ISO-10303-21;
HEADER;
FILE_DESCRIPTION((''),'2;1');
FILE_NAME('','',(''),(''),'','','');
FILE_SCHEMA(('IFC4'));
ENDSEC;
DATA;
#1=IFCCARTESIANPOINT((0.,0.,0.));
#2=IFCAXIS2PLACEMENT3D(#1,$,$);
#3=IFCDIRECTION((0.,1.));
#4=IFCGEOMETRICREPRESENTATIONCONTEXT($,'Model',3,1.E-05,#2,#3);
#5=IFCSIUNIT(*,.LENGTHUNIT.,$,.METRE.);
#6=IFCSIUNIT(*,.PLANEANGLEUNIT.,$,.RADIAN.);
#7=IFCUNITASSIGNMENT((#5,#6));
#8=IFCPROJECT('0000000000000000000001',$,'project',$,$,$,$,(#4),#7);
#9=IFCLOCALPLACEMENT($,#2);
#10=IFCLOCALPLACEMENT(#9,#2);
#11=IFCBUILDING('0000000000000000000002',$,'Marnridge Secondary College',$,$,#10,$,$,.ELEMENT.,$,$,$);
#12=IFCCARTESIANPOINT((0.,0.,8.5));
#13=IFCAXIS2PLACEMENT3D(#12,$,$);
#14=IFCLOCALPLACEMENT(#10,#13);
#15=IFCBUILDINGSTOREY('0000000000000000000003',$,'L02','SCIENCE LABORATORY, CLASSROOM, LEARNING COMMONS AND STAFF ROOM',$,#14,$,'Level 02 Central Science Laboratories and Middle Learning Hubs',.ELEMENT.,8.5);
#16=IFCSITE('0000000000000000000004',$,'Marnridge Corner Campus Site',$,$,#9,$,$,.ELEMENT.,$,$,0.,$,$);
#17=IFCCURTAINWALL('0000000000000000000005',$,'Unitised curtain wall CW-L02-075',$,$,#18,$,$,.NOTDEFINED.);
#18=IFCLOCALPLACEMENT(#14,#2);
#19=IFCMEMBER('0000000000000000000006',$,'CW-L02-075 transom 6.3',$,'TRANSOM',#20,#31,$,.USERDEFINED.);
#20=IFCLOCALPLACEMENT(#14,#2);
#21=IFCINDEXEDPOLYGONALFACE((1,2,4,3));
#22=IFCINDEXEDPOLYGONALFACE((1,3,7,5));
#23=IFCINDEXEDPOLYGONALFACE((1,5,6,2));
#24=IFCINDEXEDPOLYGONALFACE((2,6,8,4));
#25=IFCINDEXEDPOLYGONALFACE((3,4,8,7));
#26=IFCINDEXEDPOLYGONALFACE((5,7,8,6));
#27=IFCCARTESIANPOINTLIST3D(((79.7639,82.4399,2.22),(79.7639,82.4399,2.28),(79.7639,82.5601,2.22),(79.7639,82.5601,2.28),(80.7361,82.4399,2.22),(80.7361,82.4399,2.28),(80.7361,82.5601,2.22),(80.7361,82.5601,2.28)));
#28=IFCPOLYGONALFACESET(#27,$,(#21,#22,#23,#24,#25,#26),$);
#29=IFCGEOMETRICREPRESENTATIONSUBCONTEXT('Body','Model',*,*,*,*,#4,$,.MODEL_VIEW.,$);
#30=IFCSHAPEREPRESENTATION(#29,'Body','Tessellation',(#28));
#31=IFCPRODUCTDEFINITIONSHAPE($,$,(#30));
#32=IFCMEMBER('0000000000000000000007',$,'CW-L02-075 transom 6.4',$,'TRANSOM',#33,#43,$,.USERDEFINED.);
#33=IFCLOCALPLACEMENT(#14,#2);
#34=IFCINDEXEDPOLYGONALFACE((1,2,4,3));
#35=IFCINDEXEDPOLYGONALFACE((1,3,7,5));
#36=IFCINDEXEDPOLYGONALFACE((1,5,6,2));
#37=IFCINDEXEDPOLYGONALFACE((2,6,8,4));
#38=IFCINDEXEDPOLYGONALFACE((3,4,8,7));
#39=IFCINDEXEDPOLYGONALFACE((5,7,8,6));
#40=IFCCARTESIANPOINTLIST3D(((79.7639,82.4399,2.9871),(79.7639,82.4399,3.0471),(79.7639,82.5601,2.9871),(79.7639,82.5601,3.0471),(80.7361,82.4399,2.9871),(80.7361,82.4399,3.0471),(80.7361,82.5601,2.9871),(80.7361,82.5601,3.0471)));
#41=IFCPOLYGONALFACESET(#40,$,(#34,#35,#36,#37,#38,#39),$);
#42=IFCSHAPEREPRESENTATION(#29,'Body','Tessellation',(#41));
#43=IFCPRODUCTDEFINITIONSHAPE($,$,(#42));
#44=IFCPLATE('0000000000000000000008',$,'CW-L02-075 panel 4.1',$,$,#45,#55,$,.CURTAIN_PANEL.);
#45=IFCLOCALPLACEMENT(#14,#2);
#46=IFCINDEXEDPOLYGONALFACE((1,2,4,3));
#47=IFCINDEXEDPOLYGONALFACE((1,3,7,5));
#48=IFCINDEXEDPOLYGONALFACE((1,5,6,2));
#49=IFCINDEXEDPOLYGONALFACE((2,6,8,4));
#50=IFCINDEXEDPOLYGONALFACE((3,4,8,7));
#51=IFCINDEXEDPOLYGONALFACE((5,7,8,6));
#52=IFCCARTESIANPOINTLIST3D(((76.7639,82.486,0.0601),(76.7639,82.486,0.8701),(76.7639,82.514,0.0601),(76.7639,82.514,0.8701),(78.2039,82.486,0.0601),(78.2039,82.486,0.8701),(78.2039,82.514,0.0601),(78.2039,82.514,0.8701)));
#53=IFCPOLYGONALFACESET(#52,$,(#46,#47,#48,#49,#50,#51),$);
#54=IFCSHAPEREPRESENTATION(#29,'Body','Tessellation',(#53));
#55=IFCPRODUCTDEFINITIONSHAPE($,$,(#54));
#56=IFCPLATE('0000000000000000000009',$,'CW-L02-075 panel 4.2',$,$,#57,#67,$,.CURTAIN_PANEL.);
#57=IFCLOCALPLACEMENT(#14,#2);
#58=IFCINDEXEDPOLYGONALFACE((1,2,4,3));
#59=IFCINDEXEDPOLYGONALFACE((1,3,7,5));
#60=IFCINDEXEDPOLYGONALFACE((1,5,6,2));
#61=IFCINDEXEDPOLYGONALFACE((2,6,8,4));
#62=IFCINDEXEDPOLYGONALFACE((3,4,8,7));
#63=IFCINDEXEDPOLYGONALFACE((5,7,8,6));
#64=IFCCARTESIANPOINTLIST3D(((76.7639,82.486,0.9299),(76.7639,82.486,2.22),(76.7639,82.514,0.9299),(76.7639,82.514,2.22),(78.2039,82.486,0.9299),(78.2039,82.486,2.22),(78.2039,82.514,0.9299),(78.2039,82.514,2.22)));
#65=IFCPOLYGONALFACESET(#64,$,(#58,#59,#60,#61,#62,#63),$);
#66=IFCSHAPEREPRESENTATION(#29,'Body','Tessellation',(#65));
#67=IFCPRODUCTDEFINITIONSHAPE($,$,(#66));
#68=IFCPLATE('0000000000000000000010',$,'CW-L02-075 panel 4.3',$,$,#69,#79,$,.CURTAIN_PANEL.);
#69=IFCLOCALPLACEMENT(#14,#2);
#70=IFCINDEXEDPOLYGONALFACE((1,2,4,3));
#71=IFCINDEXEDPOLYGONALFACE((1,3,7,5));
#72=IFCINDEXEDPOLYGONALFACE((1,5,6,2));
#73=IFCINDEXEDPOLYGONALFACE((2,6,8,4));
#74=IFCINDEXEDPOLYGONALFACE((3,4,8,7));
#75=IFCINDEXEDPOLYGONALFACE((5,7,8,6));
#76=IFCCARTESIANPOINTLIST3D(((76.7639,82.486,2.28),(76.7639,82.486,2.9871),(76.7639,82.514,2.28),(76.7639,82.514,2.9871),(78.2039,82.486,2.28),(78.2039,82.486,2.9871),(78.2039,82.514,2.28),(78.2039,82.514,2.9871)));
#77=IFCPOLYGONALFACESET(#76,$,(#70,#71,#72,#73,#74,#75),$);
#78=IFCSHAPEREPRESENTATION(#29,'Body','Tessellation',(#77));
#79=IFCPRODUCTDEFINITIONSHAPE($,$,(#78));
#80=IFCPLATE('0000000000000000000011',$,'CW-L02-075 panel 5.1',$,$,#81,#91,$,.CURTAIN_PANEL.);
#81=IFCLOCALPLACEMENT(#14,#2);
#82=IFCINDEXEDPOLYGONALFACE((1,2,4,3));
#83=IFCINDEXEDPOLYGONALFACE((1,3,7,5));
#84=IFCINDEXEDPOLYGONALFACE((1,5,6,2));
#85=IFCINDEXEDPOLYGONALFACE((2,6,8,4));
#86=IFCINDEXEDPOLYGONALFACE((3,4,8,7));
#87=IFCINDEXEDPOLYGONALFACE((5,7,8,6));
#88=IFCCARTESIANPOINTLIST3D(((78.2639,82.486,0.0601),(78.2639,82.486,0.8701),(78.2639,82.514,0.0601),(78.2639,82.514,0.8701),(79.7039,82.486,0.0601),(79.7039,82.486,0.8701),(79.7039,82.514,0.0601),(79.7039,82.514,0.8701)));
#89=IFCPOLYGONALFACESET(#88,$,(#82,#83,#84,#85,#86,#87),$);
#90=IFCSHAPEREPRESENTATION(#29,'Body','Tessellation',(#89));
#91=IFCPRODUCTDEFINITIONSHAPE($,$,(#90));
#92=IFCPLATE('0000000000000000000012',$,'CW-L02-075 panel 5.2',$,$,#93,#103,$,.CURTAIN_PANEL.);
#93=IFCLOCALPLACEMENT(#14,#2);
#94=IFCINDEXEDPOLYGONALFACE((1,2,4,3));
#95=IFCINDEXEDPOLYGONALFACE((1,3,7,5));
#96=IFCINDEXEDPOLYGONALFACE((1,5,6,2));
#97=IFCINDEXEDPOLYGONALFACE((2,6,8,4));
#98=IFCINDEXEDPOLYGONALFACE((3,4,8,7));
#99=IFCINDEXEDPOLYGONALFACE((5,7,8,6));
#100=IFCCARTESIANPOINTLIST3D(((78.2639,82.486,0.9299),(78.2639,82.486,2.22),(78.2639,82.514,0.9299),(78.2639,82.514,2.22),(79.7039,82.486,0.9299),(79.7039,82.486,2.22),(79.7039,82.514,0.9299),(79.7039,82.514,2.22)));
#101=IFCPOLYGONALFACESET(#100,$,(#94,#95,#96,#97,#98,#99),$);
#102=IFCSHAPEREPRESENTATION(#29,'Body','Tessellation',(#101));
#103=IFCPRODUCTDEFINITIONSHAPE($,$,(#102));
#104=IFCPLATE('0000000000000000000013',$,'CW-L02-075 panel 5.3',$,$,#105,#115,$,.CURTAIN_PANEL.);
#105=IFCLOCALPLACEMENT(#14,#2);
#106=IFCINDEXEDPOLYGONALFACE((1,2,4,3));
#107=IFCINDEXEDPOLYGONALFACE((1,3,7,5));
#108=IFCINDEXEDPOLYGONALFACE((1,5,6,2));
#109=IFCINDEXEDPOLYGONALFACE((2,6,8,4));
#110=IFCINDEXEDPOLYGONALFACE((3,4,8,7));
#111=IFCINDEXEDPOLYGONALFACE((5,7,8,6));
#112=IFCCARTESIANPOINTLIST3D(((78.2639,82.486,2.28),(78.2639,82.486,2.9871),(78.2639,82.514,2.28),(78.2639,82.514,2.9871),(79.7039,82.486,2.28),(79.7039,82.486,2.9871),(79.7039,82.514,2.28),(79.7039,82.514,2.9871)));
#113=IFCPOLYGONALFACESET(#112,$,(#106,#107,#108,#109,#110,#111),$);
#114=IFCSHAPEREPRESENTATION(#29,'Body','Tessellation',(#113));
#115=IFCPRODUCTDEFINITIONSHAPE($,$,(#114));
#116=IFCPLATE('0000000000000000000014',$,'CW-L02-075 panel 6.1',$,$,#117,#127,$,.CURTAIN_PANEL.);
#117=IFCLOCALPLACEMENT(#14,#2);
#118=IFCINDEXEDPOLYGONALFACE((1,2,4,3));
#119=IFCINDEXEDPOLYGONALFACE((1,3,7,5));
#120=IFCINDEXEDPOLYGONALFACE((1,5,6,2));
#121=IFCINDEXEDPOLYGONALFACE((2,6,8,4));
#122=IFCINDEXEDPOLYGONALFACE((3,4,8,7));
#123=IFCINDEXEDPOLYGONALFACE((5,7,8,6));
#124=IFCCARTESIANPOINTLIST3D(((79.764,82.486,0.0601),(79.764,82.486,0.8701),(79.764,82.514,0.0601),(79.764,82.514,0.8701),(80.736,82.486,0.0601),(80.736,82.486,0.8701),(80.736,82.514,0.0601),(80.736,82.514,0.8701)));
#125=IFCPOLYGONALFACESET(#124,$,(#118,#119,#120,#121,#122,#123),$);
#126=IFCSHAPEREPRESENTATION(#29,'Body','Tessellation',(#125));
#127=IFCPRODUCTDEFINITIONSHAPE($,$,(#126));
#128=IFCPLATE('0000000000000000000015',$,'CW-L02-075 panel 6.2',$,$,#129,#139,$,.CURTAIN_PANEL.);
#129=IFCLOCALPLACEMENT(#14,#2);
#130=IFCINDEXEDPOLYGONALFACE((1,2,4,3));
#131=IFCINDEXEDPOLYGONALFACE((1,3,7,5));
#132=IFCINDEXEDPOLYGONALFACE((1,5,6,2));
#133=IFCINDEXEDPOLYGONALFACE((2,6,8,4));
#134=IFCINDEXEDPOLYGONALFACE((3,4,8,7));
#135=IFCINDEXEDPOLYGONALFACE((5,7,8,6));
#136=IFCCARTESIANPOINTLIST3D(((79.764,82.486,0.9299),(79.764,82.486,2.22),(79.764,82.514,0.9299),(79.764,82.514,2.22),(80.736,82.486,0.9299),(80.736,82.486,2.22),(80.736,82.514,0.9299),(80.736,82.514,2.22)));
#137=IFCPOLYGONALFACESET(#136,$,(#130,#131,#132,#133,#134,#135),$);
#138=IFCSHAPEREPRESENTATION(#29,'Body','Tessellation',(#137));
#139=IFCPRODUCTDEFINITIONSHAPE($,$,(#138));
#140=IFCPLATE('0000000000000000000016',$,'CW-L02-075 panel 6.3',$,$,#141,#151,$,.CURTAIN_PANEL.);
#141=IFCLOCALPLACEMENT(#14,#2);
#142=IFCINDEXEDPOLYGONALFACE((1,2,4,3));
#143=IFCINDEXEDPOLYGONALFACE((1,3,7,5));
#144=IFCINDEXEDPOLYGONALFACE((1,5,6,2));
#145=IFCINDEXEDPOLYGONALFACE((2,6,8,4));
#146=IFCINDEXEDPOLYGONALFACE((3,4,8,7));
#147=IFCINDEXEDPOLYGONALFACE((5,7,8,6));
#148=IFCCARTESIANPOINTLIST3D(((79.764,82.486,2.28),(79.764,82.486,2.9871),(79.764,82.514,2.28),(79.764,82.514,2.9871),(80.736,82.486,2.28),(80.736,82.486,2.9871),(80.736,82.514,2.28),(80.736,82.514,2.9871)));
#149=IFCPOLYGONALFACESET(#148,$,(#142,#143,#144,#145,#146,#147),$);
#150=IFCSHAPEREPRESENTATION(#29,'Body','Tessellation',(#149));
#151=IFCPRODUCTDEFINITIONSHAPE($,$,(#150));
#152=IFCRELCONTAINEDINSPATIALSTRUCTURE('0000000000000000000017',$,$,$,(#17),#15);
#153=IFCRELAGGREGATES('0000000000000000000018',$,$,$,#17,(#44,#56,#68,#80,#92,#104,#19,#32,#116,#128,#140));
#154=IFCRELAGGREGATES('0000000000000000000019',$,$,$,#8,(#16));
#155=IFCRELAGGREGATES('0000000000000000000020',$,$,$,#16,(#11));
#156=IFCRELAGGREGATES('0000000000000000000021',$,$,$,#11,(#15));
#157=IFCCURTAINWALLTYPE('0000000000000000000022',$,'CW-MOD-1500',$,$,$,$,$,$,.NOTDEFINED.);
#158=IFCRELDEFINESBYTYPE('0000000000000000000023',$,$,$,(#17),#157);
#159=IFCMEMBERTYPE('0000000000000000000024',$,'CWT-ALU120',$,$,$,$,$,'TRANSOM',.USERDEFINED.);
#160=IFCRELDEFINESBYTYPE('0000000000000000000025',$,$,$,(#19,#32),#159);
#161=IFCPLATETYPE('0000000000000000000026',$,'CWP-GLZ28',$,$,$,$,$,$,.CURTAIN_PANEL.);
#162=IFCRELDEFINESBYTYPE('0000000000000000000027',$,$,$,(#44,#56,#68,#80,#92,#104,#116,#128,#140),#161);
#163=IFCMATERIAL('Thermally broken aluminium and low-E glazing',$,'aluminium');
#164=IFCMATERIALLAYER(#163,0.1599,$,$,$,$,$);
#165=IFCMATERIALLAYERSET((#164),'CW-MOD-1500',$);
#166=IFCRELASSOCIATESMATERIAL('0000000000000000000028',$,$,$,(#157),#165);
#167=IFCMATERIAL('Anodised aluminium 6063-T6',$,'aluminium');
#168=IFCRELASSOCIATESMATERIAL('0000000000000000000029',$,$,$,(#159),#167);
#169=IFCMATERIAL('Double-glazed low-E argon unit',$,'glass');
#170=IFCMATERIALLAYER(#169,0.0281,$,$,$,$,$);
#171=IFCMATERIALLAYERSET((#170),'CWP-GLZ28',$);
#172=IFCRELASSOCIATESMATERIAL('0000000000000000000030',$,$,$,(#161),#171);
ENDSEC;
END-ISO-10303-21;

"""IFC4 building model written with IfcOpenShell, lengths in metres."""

from ifc_helpers import new_model, si_unit, direction, frame, origin, origin_2d, place, context, subcontext, project, spatial, rectangle, extrude, material, layer, layer_set, material_profile, profile_set, type_object, element, aggregate, save


model = new_model("IFC4")

# Units and contexts
model_context = context("Model", 3, precision=1e-05, world=origin(), true_north=direction((0.0, 1.0)))
body_context = subcontext(model_context, "Body", "Model", "MODEL_VIEW")
ifc_project = project(units=[si_unit("LENGTHUNIT", "METRE"), si_unit("PLANEANGLEUNIT", "RADIAN")], contexts=[model_context])

# Site, building, storey
site_placement = place(None, origin())
site = spatial("IfcSite", under=ifc_project, at=site_placement, Name="Marnridge Corner Campus Site", CompositionType="ELEMENT", RefElevation=0.0)
building_placement = place(site_placement, origin())
building = spatial("IfcBuilding", under=site, at=building_placement, Name="Marnridge Secondary College", CompositionType="ELEMENT")
storey_placement = place(building_placement, frame((0.0, 0.0, 8.5)))
storey = spatial("IfcBuildingStorey", under=building, at=storey_placement, Name="L02", Description="SCIENCE LABORATORY, CLASSROOM, LEARNING COMMONS AND STAFF ROOM", LongName="Level 02 Central Science Laboratories and Middle Learning Hubs", CompositionType="ELEMENT", Elevation=8.5)

# Curtain wall, members, plates
ifc_material_1 = material(Name="Thermally broken aluminium and low-E glazing", Category="aluminium")
ifc_layer_1 = layer(ifc_material_1, 0.1599)
ifc_layer_set_1 = layer_set([ifc_layer_1], Name="CW-MOD-1500")
curtain_wall_type = type_object("IfcCurtainWallType", Name="CW-MOD-1500", PredefinedType="NOTDEFINED", material=ifc_layer_set_1)
curtain_wall_placement = place(storey_placement, origin())
curtain_wall = element("IfcCurtainWall", 1, at=curtain_wall_placement, inside=storey, type_object=curtain_wall_type, Name="Unitised curtain wall CW-L02-075", PredefinedType="NOTDEFINED")
ifc_material_2 = material(Name="Anodised aluminium 6063-T6", Category="aluminium")
ifc_material_profile_1 = material_profile(ifc_material_2, rectangle(XDim=0.0601, YDim=0.1201, at=origin_2d()), Name="ALU 60x120")
ifc_profile_set_1 = profile_set([ifc_material_profile_1], Name="Anodised aluminium 6063-T6")
member_type_1 = type_object("IfcMemberType", Name="CWT-ALU120", ElementType="TRANSOM", PredefinedType="USERDEFINED", material=ifc_profile_set_1)
member_1_placement = place(storey_placement, frame((79.7639, 82.5, 2.25), z_axis=(1.0, 0.0, 0.0), x_axis=(0.0, 0.0, 1.0)))
member_1 = element("IfcMember", 2, at=member_1_placement, type_object=member_type_1, Name="CW-L02-075 transom 6.3", ObjectType="TRANSOM", PredefinedType="USERDEFINED", context=body_context, shape_type="SweptSolid", body=[
    extrude(rectangle(XDim=0.0601, YDim=0.1201, at=origin_2d()), origin(), (0.0, 0.0, 1.0), 0.9722),
])
member_2_placement = place(storey_placement, frame((79.7639, 82.5, 3.0171), z_axis=(1.0, 0.0, 0.0), x_axis=(0.0, 0.0, 1.0)))
member_2 = element("IfcMember", 3, at=member_2_placement, type_object=member_type_1, Name="CW-L02-075 transom 6.4", ObjectType="TRANSOM", PredefinedType="USERDEFINED", context=body_context, shape_type="SweptSolid", body=[
    extrude(rectangle(XDim=0.0601, YDim=0.1201, at=origin_2d()), origin(), (0.0, 0.0, 1.0), 0.9722),
])
ifc_material_3 = material(Name="Double-glazed low-E argon unit", Category="glass")
ifc_layer_2 = layer(ifc_material_3, 0.0281)
ifc_layer_set_2 = layer_set([ifc_layer_2], Name="CWP-GLZ28")
plate_type = type_object("IfcPlateType", Name="CWP-GLZ28", PredefinedType="CURTAIN_PANEL", material=ifc_layer_set_2)
plate_1_placement = place(storey_placement, frame((77.4839, 82.5, 0.0601), z_axis=(0.0, 0.0, 1.0), x_axis=(1.0, 0.0, 0.0)))
plate_1 = element("IfcPlate", 4, at=plate_1_placement, type_object=plate_type, Name="CW-L02-075 panel 4.1", PredefinedType="CURTAIN_PANEL", context=body_context, shape_type="SweptSolid", body=[
    extrude(rectangle(XDim=1.4399, YDim=0.0281, at=origin_2d()), origin(), (0.0, 0.0, 1.0), 0.8101),
])
plate_2_placement = place(storey_placement, frame((77.4839, 82.5, 0.9299), z_axis=(0.0, 0.0, 1.0), x_axis=(1.0, 0.0, 0.0)))
plate_2 = element("IfcPlate", 5, at=plate_2_placement, type_object=plate_type, Name="CW-L02-075 panel 4.2", PredefinedType="CURTAIN_PANEL", context=body_context, shape_type="SweptSolid", body=[
    extrude(rectangle(XDim=1.4399, YDim=0.0281, at=origin_2d()), origin(), (0.0, 0.0, 1.0), 1.29),
])
plate_3_placement = place(storey_placement, frame((77.4839, 82.5, 2.28), z_axis=(0.0, 0.0, 1.0), x_axis=(1.0, 0.0, 0.0)))
plate_3 = element("IfcPlate", 6, at=plate_3_placement, type_object=plate_type, Name="CW-L02-075 panel 4.3", PredefinedType="CURTAIN_PANEL", context=body_context, shape_type="SweptSolid", body=[
    extrude(rectangle(XDim=1.4399, YDim=0.0281, at=origin_2d()), origin(), (0.0, 0.0, 1.0), 0.707),
])
plate_4_placement = place(storey_placement, frame((78.9839, 82.5, 0.0601), z_axis=(0.0, 0.0, 1.0), x_axis=(1.0, 0.0, 0.0)))
plate_4 = element("IfcPlate", 7, at=plate_4_placement, type_object=plate_type, Name="CW-L02-075 panel 5.1", PredefinedType="CURTAIN_PANEL", context=body_context, shape_type="SweptSolid", body=[
    extrude(rectangle(XDim=1.4399, YDim=0.0281, at=origin_2d()), origin(), (0.0, 0.0, 1.0), 0.8101),
])
plate_5_placement = place(storey_placement, frame((78.9839, 82.5, 0.9299), z_axis=(0.0, 0.0, 1.0), x_axis=(1.0, 0.0, 0.0)))
plate_5 = element("IfcPlate", 8, at=plate_5_placement, type_object=plate_type, Name="CW-L02-075 panel 5.2", PredefinedType="CURTAIN_PANEL", context=body_context, shape_type="SweptSolid", body=[
    extrude(rectangle(XDim=1.4399, YDim=0.0281, at=origin_2d()), origin(), (0.0, 0.0, 1.0), 1.29),
])
plate_6_placement = place(storey_placement, frame((78.9839, 82.5, 2.28), z_axis=(0.0, 0.0, 1.0), x_axis=(1.0, 0.0, 0.0)))
plate_6 = element("IfcPlate", 9, at=plate_6_placement, type_object=plate_type, Name="CW-L02-075 panel 5.3", PredefinedType="CURTAIN_PANEL", context=body_context, shape_type="SweptSolid", body=[
    extrude(rectangle(XDim=1.4399, YDim=0.0281, at=origin_2d()), origin(), (0.0, 0.0, 1.0), 0.707),
])
plate_7_placement = place(storey_placement, frame((80.25, 82.5, 0.0601), z_axis=(0.0, 0.0, 1.0), x_axis=(1.0, 0.0, 0.0)))
plate_7 = element("IfcPlate", 10, at=plate_7_placement, type_object=plate_type, Name="CW-L02-075 panel 6.1", PredefinedType="CURTAIN_PANEL", context=body_context, shape_type="SweptSolid", body=[
    extrude(rectangle(XDim=0.9719, YDim=0.0281, at=origin_2d()), origin(), (0.0, 0.0, 1.0), 0.8101),
])
plate_8_placement = place(storey_placement, frame((80.25, 82.5, 0.9299), z_axis=(0.0, 0.0, 1.0), x_axis=(1.0, 0.0, 0.0)))
plate_8 = element("IfcPlate", 11, at=plate_8_placement, type_object=plate_type, Name="CW-L02-075 panel 6.2", PredefinedType="CURTAIN_PANEL", context=body_context, shape_type="SweptSolid", body=[
    extrude(rectangle(XDim=0.9719, YDim=0.0281, at=origin_2d()), origin(), (0.0, 0.0, 1.0), 1.29),
])
plate_9_placement = place(storey_placement, frame((80.25, 82.5, 2.28), z_axis=(0.0, 0.0, 1.0), x_axis=(1.0, 0.0, 0.0)))
plate_9 = element("IfcPlate", 12, at=plate_9_placement, type_object=plate_type, Name="CW-L02-075 panel 6.3", PredefinedType="CURTAIN_PANEL", context=body_context, shape_type="SweptSolid", body=[
    extrude(rectangle(XDim=0.9719, YDim=0.0281, at=origin_2d()), origin(), (0.0, 0.0, 1.0), 0.707),
])
aggregate(curtain_wall, [plate_1, plate_2, plate_3, plate_4, plate_5, plate_6, member_1, member_2, plate_7, plate_8, plate_9])

save(model, "model.ifc")
